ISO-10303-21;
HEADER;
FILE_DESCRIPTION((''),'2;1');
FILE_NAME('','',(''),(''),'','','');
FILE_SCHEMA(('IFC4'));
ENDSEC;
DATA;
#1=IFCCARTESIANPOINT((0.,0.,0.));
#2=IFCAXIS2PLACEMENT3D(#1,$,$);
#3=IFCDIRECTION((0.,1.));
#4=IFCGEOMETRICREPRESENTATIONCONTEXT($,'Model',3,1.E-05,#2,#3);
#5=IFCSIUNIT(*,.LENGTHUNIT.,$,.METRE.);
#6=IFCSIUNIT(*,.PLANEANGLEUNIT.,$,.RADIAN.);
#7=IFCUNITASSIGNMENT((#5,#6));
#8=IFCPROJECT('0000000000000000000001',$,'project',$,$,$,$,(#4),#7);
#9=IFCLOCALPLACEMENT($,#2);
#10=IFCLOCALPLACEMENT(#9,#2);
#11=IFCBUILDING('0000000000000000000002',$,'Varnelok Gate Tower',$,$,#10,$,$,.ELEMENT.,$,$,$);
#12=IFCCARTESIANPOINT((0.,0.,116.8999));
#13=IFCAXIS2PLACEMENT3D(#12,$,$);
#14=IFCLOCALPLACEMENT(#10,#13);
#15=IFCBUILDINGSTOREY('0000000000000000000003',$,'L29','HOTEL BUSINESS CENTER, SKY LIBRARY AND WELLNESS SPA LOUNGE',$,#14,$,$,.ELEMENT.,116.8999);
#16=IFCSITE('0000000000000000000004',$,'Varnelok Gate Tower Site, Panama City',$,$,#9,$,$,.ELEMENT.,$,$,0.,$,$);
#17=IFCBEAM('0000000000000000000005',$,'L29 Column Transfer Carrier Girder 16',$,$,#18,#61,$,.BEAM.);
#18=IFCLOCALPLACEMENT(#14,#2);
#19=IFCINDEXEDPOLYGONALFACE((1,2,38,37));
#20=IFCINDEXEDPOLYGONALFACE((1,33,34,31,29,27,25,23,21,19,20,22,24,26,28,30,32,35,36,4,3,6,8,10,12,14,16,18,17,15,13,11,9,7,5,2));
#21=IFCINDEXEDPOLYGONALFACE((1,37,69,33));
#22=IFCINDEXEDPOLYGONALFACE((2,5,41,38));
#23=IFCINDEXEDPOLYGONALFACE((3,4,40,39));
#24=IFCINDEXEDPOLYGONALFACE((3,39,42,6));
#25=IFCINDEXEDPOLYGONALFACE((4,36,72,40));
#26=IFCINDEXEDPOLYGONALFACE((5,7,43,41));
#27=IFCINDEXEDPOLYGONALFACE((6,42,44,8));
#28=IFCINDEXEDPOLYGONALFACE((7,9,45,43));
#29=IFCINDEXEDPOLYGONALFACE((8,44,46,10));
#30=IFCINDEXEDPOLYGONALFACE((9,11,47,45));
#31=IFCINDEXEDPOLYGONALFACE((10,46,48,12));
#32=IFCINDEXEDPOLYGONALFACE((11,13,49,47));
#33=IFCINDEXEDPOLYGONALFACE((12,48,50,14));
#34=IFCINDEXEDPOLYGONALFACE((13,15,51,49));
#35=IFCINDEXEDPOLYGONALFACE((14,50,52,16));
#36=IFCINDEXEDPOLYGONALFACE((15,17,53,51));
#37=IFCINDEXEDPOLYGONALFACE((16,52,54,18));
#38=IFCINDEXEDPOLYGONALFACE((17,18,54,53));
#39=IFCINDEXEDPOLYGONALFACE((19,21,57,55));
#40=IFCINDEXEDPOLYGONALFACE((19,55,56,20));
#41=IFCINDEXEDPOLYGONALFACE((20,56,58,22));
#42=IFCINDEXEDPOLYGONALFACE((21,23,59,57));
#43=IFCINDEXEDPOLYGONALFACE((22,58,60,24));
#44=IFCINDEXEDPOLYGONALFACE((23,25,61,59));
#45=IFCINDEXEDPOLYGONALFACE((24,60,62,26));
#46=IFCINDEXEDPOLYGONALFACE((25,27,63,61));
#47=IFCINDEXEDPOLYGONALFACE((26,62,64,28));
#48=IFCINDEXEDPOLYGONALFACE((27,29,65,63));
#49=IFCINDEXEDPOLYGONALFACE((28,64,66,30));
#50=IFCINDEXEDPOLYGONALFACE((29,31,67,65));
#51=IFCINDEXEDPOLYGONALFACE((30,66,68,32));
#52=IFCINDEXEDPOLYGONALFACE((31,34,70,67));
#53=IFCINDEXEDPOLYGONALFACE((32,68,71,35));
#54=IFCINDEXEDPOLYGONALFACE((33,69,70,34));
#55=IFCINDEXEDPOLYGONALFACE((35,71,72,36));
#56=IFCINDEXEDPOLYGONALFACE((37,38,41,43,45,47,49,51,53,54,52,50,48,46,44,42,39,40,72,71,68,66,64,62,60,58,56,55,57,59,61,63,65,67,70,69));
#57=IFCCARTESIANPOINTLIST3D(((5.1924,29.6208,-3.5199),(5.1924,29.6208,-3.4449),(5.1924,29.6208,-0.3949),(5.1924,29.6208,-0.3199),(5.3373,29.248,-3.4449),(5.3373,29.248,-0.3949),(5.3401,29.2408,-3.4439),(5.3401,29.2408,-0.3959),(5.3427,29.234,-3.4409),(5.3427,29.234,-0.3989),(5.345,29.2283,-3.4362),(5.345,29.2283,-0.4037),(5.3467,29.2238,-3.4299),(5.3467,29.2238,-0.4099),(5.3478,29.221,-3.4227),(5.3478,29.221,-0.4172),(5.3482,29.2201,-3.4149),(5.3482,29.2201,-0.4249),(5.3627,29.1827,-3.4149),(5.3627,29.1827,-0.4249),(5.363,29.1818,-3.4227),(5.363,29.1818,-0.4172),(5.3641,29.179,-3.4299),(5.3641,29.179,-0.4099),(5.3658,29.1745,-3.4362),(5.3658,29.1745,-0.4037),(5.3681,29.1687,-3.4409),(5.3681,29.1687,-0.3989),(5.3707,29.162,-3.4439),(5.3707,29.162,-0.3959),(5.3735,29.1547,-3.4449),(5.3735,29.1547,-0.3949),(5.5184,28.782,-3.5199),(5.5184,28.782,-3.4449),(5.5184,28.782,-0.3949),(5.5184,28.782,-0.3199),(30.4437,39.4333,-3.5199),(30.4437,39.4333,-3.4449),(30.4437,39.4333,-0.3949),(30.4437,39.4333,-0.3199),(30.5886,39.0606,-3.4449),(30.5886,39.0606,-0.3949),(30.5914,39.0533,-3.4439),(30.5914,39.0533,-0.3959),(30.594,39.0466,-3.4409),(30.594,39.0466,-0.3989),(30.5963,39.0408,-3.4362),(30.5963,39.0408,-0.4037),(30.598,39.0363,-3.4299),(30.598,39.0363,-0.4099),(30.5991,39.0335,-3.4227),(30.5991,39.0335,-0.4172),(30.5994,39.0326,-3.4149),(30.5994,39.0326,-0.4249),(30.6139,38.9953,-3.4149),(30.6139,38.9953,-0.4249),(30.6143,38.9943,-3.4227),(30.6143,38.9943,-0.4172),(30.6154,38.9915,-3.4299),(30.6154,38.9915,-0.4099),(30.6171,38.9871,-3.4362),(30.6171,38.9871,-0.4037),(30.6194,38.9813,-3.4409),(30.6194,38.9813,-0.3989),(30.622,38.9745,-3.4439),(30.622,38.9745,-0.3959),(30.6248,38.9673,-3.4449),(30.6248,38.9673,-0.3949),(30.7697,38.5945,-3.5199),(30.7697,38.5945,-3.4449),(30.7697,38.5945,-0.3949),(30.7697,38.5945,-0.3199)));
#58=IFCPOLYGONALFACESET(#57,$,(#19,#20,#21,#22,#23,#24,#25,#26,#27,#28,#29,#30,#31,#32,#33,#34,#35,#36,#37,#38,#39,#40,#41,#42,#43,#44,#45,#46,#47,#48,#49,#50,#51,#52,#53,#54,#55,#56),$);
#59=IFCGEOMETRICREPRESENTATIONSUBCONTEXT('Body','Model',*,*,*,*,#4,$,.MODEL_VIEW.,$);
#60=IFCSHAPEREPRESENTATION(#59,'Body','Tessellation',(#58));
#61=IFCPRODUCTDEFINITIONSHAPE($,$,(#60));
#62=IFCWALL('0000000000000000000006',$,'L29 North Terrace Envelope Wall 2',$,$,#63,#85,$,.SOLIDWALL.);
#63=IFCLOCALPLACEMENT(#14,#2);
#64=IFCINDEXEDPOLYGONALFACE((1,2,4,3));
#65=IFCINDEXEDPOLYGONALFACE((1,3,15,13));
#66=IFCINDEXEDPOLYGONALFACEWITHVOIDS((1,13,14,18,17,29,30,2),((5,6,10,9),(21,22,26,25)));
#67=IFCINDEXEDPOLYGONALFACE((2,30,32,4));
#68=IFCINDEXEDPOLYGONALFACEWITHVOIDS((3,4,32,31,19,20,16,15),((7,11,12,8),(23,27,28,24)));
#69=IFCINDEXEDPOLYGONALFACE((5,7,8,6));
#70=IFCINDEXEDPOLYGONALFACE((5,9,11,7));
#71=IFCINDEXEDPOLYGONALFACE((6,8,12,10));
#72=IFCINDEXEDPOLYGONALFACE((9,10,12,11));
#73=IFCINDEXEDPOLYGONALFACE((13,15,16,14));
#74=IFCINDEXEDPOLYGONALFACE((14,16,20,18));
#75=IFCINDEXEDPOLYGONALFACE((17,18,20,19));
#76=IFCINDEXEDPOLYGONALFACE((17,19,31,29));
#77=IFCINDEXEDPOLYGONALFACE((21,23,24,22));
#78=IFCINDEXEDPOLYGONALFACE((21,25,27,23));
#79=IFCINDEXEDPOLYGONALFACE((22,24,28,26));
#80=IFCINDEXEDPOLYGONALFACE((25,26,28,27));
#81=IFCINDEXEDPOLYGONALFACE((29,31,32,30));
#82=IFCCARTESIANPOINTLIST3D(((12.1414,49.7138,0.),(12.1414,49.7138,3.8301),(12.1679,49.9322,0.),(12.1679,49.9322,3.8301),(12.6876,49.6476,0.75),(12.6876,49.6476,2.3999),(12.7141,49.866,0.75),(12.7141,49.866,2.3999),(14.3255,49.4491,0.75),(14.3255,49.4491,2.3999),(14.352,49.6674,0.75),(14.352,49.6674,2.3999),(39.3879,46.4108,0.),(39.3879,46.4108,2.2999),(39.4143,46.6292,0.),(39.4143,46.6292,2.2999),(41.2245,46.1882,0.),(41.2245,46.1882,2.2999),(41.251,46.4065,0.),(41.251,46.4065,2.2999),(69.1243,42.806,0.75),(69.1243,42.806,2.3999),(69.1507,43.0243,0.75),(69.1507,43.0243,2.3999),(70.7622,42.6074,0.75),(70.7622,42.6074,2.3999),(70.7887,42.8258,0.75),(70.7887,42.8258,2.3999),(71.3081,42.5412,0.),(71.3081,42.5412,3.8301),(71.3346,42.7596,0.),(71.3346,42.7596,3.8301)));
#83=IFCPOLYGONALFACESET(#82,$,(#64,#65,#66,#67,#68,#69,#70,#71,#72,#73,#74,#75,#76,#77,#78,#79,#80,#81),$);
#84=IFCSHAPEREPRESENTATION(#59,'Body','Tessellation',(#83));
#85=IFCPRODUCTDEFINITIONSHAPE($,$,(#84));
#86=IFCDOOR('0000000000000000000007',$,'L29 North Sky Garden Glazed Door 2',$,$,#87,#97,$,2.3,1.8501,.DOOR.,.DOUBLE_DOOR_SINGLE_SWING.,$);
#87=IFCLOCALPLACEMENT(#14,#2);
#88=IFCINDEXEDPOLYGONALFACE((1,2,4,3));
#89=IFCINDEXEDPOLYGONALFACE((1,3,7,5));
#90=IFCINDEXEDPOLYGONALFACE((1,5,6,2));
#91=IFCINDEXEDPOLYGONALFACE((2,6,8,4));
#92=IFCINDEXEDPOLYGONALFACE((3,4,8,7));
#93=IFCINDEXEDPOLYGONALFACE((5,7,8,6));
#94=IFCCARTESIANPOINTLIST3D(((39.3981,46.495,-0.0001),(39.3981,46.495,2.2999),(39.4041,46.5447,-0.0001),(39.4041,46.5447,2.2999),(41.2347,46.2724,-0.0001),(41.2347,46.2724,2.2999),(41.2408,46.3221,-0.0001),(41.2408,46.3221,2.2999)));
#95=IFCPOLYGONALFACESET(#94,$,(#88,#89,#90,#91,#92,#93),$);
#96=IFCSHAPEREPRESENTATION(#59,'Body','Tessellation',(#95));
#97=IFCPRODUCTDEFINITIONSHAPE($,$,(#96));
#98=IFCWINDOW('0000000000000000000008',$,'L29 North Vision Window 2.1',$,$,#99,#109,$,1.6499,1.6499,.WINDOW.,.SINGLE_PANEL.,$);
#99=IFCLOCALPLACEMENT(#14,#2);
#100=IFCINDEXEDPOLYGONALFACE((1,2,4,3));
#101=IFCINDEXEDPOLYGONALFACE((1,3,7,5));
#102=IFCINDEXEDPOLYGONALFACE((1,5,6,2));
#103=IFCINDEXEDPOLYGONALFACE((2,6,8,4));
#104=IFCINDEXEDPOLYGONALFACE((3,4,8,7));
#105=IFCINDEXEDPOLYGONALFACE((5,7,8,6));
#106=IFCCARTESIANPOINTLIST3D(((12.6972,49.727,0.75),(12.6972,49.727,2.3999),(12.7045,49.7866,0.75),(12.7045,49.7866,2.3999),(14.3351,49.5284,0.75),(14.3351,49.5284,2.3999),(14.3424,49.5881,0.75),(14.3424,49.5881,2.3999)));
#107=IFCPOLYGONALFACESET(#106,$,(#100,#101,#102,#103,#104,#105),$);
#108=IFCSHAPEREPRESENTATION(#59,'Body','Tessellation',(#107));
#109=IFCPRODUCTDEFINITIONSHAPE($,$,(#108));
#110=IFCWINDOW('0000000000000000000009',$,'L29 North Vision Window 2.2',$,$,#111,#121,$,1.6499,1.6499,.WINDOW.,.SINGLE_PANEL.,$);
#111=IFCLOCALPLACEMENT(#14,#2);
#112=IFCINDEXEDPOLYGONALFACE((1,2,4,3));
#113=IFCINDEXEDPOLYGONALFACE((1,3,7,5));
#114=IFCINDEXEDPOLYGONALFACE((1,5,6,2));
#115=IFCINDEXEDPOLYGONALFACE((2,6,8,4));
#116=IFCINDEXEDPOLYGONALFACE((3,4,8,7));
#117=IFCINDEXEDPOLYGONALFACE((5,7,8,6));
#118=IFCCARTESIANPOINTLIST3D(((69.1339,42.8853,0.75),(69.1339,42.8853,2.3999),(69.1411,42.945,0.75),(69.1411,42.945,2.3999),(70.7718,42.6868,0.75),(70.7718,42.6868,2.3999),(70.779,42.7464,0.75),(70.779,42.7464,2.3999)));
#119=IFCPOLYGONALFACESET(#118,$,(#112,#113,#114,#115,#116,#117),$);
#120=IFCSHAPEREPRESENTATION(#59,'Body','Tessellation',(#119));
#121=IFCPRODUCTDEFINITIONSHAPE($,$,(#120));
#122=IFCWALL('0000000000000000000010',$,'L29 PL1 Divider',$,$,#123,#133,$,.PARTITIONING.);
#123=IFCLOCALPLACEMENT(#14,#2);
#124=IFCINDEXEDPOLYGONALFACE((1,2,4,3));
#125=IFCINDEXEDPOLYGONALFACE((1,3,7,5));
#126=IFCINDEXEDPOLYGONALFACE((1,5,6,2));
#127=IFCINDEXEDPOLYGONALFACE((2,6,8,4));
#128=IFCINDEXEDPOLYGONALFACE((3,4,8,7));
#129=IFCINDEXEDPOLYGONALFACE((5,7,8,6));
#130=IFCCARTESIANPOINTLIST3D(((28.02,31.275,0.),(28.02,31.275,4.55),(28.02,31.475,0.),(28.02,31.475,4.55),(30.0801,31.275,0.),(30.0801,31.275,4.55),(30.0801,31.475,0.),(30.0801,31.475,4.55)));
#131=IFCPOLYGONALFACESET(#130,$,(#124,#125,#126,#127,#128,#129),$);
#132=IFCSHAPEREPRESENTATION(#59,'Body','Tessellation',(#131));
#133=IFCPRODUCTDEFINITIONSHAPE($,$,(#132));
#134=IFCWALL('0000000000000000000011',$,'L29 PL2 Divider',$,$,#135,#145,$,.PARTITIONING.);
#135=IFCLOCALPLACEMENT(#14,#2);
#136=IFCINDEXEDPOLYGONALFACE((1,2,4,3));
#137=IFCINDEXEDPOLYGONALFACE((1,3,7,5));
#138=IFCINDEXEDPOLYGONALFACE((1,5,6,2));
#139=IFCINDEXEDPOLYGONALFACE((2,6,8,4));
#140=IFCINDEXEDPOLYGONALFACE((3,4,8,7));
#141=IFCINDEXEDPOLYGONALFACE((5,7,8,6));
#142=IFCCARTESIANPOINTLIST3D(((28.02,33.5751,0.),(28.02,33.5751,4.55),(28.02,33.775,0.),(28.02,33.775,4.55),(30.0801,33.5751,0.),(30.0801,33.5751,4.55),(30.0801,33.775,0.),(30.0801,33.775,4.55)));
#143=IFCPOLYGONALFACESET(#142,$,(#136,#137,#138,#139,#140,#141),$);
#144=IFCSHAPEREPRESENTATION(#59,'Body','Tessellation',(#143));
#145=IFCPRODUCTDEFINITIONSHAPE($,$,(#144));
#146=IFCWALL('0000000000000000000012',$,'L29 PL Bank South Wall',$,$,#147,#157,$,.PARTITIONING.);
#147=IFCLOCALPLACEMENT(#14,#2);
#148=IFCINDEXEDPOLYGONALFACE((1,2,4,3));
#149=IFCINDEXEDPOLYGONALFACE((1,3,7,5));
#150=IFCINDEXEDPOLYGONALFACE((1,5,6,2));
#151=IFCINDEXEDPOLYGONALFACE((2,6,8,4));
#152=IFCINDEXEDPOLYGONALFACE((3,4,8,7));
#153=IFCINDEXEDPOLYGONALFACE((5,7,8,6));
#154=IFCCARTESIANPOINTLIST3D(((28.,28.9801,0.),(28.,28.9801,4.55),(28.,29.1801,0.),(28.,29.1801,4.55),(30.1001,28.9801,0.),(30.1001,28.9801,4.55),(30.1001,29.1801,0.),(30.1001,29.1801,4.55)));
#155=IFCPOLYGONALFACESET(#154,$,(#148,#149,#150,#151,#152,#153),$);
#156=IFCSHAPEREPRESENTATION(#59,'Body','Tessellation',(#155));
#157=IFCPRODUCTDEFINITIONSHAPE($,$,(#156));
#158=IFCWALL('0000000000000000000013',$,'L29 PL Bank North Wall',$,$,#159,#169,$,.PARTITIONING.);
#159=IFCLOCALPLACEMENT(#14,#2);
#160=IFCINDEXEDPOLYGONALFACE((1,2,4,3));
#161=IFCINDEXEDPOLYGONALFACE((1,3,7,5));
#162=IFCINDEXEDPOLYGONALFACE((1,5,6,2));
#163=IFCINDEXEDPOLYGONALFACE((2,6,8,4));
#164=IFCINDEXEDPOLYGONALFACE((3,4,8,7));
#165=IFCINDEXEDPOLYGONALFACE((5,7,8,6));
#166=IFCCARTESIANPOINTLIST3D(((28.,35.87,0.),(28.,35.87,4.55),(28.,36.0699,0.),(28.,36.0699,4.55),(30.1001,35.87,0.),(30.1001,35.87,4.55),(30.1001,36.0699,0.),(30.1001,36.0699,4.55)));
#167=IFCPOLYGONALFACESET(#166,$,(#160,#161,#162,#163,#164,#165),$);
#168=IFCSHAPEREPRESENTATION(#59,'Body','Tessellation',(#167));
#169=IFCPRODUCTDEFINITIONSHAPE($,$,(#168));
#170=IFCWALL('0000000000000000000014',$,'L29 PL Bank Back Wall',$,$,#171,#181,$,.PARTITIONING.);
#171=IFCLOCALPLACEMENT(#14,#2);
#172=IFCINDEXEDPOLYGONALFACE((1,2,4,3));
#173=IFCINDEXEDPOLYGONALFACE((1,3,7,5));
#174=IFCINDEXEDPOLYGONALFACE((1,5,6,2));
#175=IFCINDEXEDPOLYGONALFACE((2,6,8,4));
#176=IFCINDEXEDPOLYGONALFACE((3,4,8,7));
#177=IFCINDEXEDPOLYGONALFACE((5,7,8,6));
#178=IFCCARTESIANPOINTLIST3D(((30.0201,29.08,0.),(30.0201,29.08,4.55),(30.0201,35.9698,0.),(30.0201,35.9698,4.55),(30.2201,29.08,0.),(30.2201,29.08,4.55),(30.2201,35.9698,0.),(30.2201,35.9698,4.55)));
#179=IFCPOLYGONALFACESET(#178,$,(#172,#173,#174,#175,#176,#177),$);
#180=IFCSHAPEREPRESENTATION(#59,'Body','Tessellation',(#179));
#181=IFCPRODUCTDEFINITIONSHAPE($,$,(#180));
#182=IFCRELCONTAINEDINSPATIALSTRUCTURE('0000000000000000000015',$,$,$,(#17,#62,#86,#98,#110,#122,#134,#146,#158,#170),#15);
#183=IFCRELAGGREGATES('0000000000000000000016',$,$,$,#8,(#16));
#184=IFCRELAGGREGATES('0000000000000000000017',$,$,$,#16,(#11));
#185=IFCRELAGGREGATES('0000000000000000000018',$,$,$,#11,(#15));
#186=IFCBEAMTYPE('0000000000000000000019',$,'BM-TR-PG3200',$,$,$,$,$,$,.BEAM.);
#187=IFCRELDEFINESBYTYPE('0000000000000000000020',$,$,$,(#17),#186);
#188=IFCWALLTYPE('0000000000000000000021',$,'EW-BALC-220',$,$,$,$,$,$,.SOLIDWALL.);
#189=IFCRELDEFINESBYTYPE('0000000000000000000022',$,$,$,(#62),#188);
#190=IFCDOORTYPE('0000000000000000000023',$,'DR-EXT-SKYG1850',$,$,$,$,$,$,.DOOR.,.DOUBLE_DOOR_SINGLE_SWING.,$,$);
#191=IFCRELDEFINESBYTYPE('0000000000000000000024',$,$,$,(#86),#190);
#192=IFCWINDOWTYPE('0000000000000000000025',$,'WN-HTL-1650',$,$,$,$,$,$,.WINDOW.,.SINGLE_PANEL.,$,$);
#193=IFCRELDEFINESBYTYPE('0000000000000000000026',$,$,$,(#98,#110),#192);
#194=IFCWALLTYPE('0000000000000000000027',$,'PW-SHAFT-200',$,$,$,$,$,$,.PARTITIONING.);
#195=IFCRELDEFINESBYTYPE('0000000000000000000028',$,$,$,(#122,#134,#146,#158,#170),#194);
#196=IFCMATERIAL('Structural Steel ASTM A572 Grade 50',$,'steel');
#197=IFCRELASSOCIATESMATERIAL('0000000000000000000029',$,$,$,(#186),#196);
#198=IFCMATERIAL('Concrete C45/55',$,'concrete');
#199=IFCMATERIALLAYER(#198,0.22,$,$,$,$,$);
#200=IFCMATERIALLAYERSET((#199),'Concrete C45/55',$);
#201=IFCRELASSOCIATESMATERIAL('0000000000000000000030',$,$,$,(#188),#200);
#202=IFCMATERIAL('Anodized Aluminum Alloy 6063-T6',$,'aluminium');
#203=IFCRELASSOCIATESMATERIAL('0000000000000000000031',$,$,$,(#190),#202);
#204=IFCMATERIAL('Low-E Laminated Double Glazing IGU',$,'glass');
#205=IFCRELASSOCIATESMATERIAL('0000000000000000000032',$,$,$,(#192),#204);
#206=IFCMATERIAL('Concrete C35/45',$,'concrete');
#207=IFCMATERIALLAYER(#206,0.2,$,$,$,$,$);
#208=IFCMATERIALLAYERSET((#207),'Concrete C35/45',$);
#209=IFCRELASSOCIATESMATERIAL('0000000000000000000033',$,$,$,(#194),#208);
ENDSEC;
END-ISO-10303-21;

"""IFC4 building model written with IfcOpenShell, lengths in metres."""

from ifc_helpers import new_model, si_unit, direction, frame, frame_2d, origin, origin_2d, place, context, subcontext, project, spatial, rectangle, i_section, extrude, material, layer, layer_set, material_profile, profile_set, type_object, element, fill, save


model = new_model("IFC4")

# Units and contexts
model_context = context("Model", 3, precision=1e-05, world=origin(), true_north=direction((0.0, 1.0)))
body_context = subcontext(model_context, "Body", "Model", "MODEL_VIEW")
ifc_project = project(units=[si_unit("LENGTHUNIT", "METRE"), si_unit("PLANEANGLEUNIT", "RADIAN")], contexts=[model_context])

# Site, building, storey
site_placement = place(None, origin())
site = spatial("IfcSite", under=ifc_project, at=site_placement, Name="Varnelok Gate Tower Site, Panama City", CompositionType="ELEMENT", RefElevation=0.0)
building_placement = place(site_placement, origin())
building = spatial("IfcBuilding", under=site, at=building_placement, Name="Varnelok Gate Tower", CompositionType="ELEMENT")
storey_placement = place(building_placement, frame((0.0, 0.0, 116.8999)))
storey = spatial("IfcBuildingStorey", under=building, at=storey_placement, Name="L29", Description="HOTEL BUSINESS CENTER, SKY LIBRARY AND WELLNESS SPA LOUNGE", CompositionType="ELEMENT", Elevation=116.8999)

# Beam
ifc_material_1 = material(Name="Structural Steel ASTM A572 Grade 50", Category="steel")
ifc_material_profile_1 = material_profile(ifc_material_1, i_section(OverallWidth=0.8999, OverallDepth=3.2, WebThickness=0.04, FlangeThickness=0.075, FilletRadius=0.03, at=origin_2d()), Name="PG3200X900")
ifc_profile_set_1 = profile_set([ifc_material_profile_1], Name="Structural Steel ASTM A572 Grade 50")
beam_type_1 = type_object("IfcBeamType", Name="BM-TR-PG3200", PredefinedType="BEAM", material=ifc_profile_set_1)
beam_1_placement = place(storey_placement, frame((30.6067, 39.0139, -1.9199), z_axis=(-0.932097, -0.362208, 0.0), x_axis=(0.362208, -0.932097, 0.0)))
element("IfcBeam", 1, at=beam_1_placement, inside=storey, type_object=beam_type_1, Name="L29 Column Transfer Carrier Girder 16", PredefinedType="BEAM", context=body_context, shape_type="SweptSolid", body=[
    extrude(i_section(OverallWidth=0.8999, OverallDepth=3.2, WebThickness=0.04, FlangeThickness=0.075, FilletRadius=0.03, at=origin_2d()), origin(), (0.0, 0.0, 1.0), 27.0908),
])

# Wall, openings, door, windows
ifc_material_2 = material(Name="Concrete C45/55", Category="concrete")
ifc_layer_1 = layer(ifc_material_2, 0.22)
ifc_layer_set_1 = layer_set([ifc_layer_1], Name="Concrete C45/55")
wall_type_1 = type_object("IfcWallType", Name="EW-BALC-220", PredefinedType="SOLIDWALL", material=ifc_layer_set_1)
wall_1_placement = place(storey_placement, frame((12.1548, 49.823, 0.0), z_axis=(0.0, 0.0, 1.0), x_axis=(0.992732, -0.120346, 0.0)))
wall_1 = element("IfcWall", 2, at=wall_1_placement, inside=storey, type_object=wall_type_1, Name="L29 North Terrace Envelope Wall 2", PredefinedType="SOLIDWALL", context=body_context, shape_type="SweptSolid", body=[
    extrude(rectangle(XDim=59.5999, YDim=0.22, at=frame_2d((29.7998, 0.0))), origin(), (0.0, 0.0, 1.0), 3.8301),
])
opening_1_placement = place(wall_1_placement, frame((27.4458, 0.0, 0.0)))
opening_1 = element("IfcOpeningElement", 3, at=opening_1_placement, cuts=wall_1, PredefinedType="OPENING", context=body_context, shape_type="SweptSolid", body=[
    extrude(rectangle(XDim=1.8501, YDim=2.3, at=frame_2d((0.925, 1.1499))), frame((0.0, 0.1199, 0.0), z_axis=(0.0, -1.0, 0.0), x_axis=(1.0, 0.0, 0.0)), (0.0, 0.0, 1.0), 0.24),
])
opening_2_placement = place(wall_1_placement, frame((0.55, 0.0, 0.75)))
opening_2 = element("IfcOpeningElement", 4, at=opening_2_placement, cuts=wall_1, PredefinedType="OPENING", context=body_context, shape_type="SweptSolid", body=[
    extrude(rectangle(XDim=1.6499, YDim=1.6499, at=frame_2d((0.825, 0.825))), frame((0.0, 0.1199, 0.0), z_axis=(0.0, -1.0, 0.0), x_axis=(1.0, 0.0, 0.0)), (0.0, 0.0, 1.0), 0.24),
])
opening_3_placement = place(wall_1_placement, frame((57.3999, 0.0, 0.75)))
opening_3 = element("IfcOpeningElement", 5, at=opening_3_placement, cuts=wall_1, PredefinedType="OPENING", context=body_context, shape_type="SweptSolid", body=[
    extrude(rectangle(XDim=1.6499, YDim=1.6499, at=frame_2d((0.825, 0.825))), frame((0.0, 0.1199, 0.0), z_axis=(0.0, -1.0, 0.0), x_axis=(1.0, 0.0, 0.0)), (0.0, 0.0, 1.0), 0.24),
])
ifc_material_3 = material(Name="Anodized Aluminum Alloy 6063-T6", Category="aluminium")
door_type = type_object("IfcDoorType", Name="DR-EXT-SKYG1850", OperationType="DOUBLE_DOOR_SINGLE_SWING", PredefinedType="DOOR", material=ifc_material_3)
door_placement = place(opening_1_placement, origin())
door = element("IfcDoor", 6, at=door_placement, inside=storey, type_object=door_type, Name="L29 North Sky Garden Glazed Door 2", OperationType="DOUBLE_DOOR_SINGLE_SWING", OverallHeight=2.3, OverallWidth=1.8501, PredefinedType="DOOR", context=body_context, shape_type="SweptSolid", body=[
    extrude(rectangle(XDim=1.8501, YDim=2.3, at=frame_2d((0.925, 1.1499))), frame((0.0, 0.0249, 0.0), z_axis=(0.0, -1.0, 0.0), x_axis=(1.0, 0.0, 0.0)), (0.0, 0.0, 1.0), 0.05),
])
fill(opening_1, door)
ifc_material_4 = material(Name="Low-E Laminated Double Glazing IGU", Category="glass")
window_type = type_object("IfcWindowType", Name="WN-HTL-1650", PartitioningType="SINGLE_PANEL", PredefinedType="WINDOW", material=ifc_material_4)
window_1_placement = place(opening_2_placement, origin())
window_1 = element("IfcWindow", 7, at=window_1_placement, inside=storey, type_object=window_type, Name="L29 North Vision Window 2.1", OverallHeight=1.6499, OverallWidth=1.6499, PartitioningType="SINGLE_PANEL", PredefinedType="WINDOW", context=body_context, shape_type="SweptSolid", body=[
    extrude(rectangle(XDim=1.6499, YDim=1.6499, at=frame_2d((0.825, 0.825))), frame((0.0, 0.03, 0.0), z_axis=(0.0, -1.0, 0.0), x_axis=(1.0, 0.0, 0.0)), (0.0, 0.0, 1.0), 0.0601),
])
fill(opening_2, window_1)
window_2_placement = place(opening_3_placement, origin())
window_2 = element("IfcWindow", 8, at=window_2_placement, inside=storey, type_object=window_type, Name="L29 North Vision Window 2.2", OverallHeight=1.6499, OverallWidth=1.6499, PartitioningType="SINGLE_PANEL", PredefinedType="WINDOW", context=body_context, shape_type="SweptSolid", body=[
    extrude(rectangle(XDim=1.6499, YDim=1.6499, at=frame_2d((0.825, 0.825))), frame((0.0, 0.03, 0.0), z_axis=(0.0, -1.0, 0.0), x_axis=(1.0, 0.0, 0.0)), (0.0, 0.0, 1.0), 0.0601),
])
fill(opening_3, window_2)

# Walls
ifc_material_5 = material(Name="Concrete C35/45", Category="concrete")
ifc_layer_2 = layer(ifc_material_5, 0.2)
ifc_layer_set_2 = layer_set([ifc_layer_2], Name="Concrete C35/45")
wall_type_2 = type_object("IfcWallType", Name="PW-SHAFT-200", PredefinedType="PARTITIONING", material=ifc_layer_set_2)
for number, where, z_axis, x_axis, name in (
    (9, (28.02, 31.375, 0.0), (0.0, 0.0, 1.0), (1.0, 0.0, 0.0), "L29 PL1 Divider"),
    (10, (28.02, 33.675, 0.0), (0.0, 0.0, 1.0), (1.0, 0.0, 0.0), "L29 PL2 Divider"),
):
    element("IfcWall", number, at=place(storey_placement, frame(where, z_axis=z_axis, x_axis=x_axis)), inside=storey, type_object=wall_type_2, Name=name, PredefinedType="PARTITIONING", context=body_context, shape_type="SweptSolid", body=[
        extrude(rectangle(XDim=2.0601, YDim=0.2, at=frame_2d((1.03, 0.0))), origin(), (0.0, 0.0, 1.0), 4.55),
    ])
for number, where, z_axis, x_axis, name in (
    (11, (28.0, 29.0801, 0.0), (0.0, 0.0, 1.0), (1.0, 0.0, 0.0), "L29 PL Bank South Wall"),
    (12, (28.0, 35.97, 0.0), (0.0, 0.0, 1.0), (1.0, 0.0, 0.0), "L29 PL Bank North Wall"),
):
    element("IfcWall", number, at=place(storey_placement, frame(where, z_axis=z_axis, x_axis=x_axis)), inside=storey, type_object=wall_type_2, Name=name, PredefinedType="PARTITIONING", context=body_context, shape_type="SweptSolid", body=[
        extrude(rectangle(XDim=2.1001, YDim=0.2, at=frame_2d((1.05, 0.0))), origin(), (0.0, 0.0, 1.0), 4.55),
    ])
for number, where, z_axis, x_axis, name in (
    (13, (30.1201, 29.0801, 0.0), (0.0, 0.0, 1.0), (0.0, 1.0, 0.0), "L29 PL Bank Back Wall"),
):
    element("IfcWall", number, at=place(storey_placement, frame(where, z_axis=z_axis, x_axis=x_axis)), inside=storey, type_object=wall_type_2, Name=name, PredefinedType="PARTITIONING", context=body_context, shape_type="SweptSolid", body=[
        extrude(rectangle(XDim=6.8899, YDim=0.2, at=frame_2d((3.4448, 0.0))), origin(), (0.0, 0.0, 1.0), 4.55),
    ])

save(model, "model.ifc")
